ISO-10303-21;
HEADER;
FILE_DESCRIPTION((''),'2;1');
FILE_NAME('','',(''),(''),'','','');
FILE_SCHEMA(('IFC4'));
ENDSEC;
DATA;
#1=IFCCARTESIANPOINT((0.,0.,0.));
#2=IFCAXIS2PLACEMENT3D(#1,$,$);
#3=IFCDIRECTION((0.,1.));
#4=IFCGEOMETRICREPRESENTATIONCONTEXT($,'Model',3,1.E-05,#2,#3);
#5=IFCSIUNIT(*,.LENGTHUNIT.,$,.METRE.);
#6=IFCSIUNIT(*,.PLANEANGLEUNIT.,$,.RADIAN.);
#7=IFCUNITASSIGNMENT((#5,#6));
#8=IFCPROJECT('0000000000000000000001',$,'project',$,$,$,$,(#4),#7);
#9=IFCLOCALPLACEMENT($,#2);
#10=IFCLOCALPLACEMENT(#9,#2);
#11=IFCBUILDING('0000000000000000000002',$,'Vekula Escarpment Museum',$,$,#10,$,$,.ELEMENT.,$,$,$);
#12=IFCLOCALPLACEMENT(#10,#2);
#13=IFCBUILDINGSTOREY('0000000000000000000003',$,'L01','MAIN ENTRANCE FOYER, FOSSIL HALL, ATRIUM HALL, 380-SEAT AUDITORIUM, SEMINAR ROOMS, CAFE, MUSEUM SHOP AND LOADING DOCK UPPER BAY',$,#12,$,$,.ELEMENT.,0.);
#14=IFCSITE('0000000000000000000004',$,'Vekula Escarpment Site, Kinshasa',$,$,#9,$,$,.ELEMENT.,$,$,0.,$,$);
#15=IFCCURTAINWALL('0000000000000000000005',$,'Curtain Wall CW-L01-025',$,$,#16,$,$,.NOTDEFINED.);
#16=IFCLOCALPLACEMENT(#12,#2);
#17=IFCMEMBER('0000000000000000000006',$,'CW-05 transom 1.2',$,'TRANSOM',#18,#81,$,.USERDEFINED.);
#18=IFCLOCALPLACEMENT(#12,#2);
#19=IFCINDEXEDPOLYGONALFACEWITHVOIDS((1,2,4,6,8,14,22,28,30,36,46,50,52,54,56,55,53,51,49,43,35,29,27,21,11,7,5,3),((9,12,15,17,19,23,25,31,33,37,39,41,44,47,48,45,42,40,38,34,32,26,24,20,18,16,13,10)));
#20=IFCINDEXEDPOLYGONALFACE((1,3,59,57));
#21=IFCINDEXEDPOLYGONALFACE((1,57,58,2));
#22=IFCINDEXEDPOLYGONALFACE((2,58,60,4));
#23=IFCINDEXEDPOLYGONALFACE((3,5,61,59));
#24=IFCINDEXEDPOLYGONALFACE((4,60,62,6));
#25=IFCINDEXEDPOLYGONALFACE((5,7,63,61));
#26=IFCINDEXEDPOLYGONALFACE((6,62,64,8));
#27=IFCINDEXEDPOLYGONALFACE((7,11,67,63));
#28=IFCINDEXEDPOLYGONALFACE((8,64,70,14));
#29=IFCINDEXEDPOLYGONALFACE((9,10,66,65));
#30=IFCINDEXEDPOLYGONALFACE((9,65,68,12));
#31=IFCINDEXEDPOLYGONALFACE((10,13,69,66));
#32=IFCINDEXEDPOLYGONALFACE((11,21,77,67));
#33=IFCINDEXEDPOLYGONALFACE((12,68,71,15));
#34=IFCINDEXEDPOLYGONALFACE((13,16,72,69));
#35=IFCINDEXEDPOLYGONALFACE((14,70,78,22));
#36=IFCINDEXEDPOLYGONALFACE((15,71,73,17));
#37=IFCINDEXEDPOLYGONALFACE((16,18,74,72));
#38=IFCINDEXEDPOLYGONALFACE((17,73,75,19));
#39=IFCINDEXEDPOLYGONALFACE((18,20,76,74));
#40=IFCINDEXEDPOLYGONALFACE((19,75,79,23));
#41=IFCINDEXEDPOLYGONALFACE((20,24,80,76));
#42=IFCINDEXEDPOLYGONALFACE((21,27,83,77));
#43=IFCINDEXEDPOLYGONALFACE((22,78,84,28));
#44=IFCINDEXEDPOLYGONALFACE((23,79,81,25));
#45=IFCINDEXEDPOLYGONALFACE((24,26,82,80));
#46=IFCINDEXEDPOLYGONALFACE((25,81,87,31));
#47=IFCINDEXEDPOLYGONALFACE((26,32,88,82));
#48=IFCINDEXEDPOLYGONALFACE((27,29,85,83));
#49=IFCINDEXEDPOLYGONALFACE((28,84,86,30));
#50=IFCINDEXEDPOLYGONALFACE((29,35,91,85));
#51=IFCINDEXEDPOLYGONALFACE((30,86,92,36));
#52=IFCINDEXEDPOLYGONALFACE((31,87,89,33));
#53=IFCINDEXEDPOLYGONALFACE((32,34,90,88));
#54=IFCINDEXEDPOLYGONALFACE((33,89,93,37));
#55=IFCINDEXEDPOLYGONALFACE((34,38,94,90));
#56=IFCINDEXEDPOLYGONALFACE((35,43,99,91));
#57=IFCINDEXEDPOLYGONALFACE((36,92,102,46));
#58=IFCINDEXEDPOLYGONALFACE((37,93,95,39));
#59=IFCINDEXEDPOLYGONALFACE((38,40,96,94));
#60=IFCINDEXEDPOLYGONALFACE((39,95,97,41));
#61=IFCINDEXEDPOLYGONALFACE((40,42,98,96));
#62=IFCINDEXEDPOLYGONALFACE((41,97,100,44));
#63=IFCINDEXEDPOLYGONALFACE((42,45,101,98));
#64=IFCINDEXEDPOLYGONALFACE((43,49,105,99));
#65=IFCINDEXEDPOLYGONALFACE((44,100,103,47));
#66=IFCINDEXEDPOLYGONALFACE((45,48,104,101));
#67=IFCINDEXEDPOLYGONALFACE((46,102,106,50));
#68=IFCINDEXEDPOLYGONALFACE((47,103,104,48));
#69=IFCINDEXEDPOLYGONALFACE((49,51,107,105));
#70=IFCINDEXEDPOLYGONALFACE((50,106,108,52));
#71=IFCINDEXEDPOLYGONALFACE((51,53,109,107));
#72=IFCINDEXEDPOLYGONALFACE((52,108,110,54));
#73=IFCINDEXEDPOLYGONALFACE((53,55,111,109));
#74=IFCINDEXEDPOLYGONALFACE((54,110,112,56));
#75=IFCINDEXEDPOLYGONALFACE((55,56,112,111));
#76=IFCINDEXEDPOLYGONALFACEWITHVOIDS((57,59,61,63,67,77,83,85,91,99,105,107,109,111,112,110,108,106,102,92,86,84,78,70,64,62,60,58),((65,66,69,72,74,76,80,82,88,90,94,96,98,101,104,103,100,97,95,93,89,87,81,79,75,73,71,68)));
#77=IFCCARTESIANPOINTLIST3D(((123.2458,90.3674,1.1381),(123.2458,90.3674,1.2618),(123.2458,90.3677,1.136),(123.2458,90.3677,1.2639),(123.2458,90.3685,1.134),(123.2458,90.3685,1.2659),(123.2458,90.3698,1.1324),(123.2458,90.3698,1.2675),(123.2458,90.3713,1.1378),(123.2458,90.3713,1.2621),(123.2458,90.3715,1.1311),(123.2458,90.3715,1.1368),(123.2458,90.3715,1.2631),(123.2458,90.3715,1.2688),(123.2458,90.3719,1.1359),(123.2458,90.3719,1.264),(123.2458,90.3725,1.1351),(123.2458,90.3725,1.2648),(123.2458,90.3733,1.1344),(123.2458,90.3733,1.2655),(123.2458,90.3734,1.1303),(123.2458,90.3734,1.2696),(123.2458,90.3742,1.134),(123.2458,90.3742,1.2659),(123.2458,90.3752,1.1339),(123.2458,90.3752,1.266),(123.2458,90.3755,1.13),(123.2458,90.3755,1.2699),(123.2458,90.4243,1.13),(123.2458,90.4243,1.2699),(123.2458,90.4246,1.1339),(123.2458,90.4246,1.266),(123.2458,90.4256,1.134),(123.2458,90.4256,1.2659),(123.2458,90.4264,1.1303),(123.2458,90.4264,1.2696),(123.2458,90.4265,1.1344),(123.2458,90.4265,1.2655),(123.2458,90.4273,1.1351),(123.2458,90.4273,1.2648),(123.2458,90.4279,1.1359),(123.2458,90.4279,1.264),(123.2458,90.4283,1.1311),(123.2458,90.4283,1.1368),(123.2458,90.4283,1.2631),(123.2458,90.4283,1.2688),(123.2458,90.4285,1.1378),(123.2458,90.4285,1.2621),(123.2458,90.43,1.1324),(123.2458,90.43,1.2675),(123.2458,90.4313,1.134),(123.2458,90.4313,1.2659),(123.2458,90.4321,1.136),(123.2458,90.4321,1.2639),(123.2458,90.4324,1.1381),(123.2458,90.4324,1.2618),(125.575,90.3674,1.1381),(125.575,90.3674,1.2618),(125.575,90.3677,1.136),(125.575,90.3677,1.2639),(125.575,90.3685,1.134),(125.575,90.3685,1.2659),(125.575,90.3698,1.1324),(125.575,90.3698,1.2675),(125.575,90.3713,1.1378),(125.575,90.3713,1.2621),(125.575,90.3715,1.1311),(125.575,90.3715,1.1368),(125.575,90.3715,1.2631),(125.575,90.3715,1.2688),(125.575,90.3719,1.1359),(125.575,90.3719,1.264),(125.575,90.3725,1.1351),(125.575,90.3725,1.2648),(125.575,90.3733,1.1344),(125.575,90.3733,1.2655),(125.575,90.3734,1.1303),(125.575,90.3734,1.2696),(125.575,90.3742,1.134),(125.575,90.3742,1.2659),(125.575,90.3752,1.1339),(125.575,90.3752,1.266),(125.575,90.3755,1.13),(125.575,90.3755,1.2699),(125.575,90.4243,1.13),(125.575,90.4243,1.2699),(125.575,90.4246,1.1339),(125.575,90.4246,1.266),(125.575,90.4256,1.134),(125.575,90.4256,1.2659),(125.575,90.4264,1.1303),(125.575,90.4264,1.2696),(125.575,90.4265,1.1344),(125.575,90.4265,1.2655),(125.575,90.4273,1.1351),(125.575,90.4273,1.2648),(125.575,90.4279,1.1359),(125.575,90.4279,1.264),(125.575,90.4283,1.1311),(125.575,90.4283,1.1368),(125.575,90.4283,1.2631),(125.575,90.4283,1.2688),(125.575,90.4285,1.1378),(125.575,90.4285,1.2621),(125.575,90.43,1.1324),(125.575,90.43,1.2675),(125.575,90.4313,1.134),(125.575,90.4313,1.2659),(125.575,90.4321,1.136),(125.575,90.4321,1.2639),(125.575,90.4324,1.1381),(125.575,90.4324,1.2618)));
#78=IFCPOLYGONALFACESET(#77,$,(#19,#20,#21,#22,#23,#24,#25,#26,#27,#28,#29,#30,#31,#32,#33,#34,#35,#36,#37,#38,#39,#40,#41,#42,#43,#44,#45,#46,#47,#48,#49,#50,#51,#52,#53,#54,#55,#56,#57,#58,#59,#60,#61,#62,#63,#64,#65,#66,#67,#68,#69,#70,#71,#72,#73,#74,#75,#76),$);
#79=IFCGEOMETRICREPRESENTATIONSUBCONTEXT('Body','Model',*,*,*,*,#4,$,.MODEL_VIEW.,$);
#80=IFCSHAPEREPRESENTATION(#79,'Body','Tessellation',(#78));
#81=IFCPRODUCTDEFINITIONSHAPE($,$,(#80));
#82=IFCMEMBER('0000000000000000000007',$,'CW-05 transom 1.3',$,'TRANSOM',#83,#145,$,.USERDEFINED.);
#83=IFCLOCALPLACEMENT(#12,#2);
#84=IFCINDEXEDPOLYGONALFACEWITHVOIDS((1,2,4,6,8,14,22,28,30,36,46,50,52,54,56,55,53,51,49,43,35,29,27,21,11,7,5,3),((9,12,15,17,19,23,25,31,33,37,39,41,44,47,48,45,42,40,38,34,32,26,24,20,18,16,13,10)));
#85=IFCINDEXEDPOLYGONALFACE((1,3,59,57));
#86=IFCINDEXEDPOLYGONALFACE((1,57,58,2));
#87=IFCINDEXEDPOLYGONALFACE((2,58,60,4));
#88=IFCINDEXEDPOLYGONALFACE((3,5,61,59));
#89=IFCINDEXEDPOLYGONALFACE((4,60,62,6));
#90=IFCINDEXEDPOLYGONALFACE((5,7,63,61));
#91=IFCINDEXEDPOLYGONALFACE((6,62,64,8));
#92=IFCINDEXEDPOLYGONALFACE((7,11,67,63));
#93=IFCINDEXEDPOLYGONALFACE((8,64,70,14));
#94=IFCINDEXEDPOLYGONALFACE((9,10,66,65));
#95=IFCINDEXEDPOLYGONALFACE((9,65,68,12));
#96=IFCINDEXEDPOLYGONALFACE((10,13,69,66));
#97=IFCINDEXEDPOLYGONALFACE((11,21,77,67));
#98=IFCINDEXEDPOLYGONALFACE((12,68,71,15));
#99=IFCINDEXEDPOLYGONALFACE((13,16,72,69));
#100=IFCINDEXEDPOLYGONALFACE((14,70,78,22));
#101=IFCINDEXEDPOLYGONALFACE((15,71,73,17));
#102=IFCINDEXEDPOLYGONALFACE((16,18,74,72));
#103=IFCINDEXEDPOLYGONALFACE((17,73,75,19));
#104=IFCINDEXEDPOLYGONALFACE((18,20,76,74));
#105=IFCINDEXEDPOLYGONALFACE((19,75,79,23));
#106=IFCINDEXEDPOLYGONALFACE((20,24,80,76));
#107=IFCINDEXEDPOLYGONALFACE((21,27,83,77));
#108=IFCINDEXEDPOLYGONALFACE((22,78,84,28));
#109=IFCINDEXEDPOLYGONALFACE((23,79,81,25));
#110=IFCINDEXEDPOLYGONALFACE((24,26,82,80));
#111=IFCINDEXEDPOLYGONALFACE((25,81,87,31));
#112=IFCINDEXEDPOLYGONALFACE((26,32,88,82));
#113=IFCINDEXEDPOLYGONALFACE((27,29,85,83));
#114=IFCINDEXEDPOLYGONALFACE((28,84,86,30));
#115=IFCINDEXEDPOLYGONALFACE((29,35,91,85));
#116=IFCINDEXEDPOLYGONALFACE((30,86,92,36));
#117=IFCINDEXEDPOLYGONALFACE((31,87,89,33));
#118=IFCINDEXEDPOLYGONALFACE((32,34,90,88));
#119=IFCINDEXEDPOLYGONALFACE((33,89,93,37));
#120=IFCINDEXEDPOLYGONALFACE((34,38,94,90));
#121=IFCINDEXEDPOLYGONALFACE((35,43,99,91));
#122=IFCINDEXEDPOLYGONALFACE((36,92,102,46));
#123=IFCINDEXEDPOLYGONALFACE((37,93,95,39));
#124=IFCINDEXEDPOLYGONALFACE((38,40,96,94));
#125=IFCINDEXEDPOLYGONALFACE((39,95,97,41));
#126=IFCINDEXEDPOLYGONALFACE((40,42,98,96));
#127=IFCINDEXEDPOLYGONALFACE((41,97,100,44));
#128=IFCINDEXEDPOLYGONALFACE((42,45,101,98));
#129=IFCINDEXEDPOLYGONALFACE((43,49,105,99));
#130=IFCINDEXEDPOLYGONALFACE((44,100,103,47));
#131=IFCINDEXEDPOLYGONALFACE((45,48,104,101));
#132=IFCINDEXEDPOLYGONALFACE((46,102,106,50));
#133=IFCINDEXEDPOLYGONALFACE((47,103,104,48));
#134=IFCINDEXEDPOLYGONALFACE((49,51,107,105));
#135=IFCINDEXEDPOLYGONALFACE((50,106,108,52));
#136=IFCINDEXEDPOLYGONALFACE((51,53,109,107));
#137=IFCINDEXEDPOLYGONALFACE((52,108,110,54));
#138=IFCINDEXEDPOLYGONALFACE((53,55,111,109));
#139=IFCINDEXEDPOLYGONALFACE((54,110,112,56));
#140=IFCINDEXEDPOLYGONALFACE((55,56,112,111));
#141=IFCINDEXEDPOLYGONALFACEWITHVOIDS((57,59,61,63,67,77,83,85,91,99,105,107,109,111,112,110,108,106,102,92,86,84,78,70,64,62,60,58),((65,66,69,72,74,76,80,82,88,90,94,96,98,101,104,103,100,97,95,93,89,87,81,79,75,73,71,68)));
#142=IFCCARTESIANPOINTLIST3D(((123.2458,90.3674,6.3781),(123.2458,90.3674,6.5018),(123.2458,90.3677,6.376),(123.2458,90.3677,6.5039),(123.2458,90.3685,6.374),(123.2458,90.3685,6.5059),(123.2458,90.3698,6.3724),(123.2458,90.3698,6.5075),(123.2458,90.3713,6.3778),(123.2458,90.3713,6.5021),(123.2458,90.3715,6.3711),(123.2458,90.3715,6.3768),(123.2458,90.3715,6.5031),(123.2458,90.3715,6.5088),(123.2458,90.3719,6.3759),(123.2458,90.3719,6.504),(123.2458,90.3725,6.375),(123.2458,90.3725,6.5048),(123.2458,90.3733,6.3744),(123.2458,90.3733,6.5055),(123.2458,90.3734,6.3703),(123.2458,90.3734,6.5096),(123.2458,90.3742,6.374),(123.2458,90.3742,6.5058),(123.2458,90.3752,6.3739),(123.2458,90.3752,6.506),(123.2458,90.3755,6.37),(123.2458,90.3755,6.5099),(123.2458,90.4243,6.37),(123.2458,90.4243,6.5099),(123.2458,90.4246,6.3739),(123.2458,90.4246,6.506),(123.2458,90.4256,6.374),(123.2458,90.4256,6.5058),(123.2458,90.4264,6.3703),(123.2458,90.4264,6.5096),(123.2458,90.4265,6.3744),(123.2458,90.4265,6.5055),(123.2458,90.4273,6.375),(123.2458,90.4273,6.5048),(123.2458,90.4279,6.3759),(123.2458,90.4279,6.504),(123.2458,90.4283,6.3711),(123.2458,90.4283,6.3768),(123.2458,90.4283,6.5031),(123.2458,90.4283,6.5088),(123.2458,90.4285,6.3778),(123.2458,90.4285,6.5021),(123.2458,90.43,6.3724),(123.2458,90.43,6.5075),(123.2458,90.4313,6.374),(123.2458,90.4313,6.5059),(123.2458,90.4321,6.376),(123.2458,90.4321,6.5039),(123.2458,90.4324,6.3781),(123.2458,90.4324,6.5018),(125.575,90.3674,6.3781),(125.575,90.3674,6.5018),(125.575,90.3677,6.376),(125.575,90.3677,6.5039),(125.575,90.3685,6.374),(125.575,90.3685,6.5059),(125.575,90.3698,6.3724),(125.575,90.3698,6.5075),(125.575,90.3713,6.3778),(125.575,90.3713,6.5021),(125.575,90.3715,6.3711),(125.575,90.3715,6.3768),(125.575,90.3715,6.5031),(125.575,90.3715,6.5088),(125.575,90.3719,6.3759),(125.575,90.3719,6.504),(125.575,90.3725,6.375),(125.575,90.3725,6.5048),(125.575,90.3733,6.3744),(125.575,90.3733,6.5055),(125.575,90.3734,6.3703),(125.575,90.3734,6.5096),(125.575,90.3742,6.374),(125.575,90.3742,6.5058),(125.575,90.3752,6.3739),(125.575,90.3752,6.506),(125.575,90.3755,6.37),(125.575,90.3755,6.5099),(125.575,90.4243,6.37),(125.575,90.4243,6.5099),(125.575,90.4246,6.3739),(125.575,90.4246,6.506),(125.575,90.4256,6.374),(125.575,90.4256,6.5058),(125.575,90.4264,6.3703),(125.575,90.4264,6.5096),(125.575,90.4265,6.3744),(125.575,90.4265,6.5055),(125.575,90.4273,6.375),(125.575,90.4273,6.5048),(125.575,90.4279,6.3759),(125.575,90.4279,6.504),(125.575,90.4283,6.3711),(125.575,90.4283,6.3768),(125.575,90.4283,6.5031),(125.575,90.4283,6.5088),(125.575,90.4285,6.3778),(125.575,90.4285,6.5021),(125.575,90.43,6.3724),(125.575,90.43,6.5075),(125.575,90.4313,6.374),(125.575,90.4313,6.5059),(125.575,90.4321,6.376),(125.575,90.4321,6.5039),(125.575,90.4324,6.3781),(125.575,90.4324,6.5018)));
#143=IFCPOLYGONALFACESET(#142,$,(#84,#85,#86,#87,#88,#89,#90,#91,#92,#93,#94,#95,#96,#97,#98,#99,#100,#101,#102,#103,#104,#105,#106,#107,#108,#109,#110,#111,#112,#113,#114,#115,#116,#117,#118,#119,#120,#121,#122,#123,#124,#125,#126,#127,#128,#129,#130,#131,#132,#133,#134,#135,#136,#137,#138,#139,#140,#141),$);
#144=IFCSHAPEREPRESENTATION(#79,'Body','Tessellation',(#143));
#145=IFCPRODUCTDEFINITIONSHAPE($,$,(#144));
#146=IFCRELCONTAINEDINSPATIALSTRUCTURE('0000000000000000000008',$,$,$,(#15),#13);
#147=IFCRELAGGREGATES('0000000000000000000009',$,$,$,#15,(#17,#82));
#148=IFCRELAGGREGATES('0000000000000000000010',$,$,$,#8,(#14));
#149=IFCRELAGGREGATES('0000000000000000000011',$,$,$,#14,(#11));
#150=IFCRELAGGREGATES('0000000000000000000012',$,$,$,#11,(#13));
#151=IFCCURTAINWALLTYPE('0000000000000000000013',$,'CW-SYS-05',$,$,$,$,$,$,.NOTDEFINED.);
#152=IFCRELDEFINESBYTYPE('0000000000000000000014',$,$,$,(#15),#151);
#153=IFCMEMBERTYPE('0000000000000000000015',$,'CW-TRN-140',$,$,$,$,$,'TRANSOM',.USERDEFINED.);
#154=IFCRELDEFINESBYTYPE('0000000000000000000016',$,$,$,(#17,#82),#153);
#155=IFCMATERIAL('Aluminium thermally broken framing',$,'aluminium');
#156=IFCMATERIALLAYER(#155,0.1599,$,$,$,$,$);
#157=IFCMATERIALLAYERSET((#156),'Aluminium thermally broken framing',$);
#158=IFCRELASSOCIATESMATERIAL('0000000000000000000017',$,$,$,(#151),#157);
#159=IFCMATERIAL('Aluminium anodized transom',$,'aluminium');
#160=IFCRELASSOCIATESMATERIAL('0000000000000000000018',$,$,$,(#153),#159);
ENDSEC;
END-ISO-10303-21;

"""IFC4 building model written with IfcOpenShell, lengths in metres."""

from ifc_helpers import new_model, si_unit, direction, frame, origin, origin_2d, place, context, subcontext, project, spatial, hollow_rectangle, extrude, material, layer, layer_set, material_profile, profile_set, type_object, element, aggregate, save


model = new_model("IFC4")

# Units and contexts
model_context = context("Model", 3, precision=1e-05, world=origin(), true_north=direction((0.0, 1.0)))
body_context = subcontext(model_context, "Body", "Model", "MODEL_VIEW")
ifc_project = project(units=[si_unit("LENGTHUNIT", "METRE"), si_unit("PLANEANGLEUNIT", "RADIAN")], contexts=[model_context])

# Site, building, storey
site_placement = place(None, origin())
site = spatial("IfcSite", under=ifc_project, at=site_placement, Name="Vekula Escarpment Site, Kinshasa", CompositionType="ELEMENT", RefElevation=0.0)
building_placement = place(site_placement, origin())
building = spatial("IfcBuilding", under=site, at=building_placement, Name="Vekula Escarpment Museum", CompositionType="ELEMENT")
storey_placement = place(building_placement, origin())
storey = spatial("IfcBuildingStorey", under=building, at=storey_placement, Name="L01", Description="MAIN ENTRANCE FOYER, FOSSIL HALL, ATRIUM HALL, 380-SEAT AUDITORIUM, SEMINAR ROOMS, CAFE, MUSEUM SHOP AND LOADING DOCK UPPER BAY", CompositionType="ELEMENT", Elevation=0.0)

# Curtain wall
ifc_material_1 = material(Name="Aluminium thermally broken framing", Category="aluminium")
ifc_layer_1 = layer(ifc_material_1, 0.1599)
ifc_layer_set_1 = layer_set([ifc_layer_1], Name="Aluminium thermally broken framing")
curtain_wall_type_1 = type_object("IfcCurtainWallType", Name="CW-SYS-05", PredefinedType="NOTDEFINED", material=ifc_layer_set_1)
curtain_wall_1_placement = place(storey_placement, origin())
curtain_wall_1 = element("IfcCurtainWall", 1, at=curtain_wall_1_placement, inside=storey, type_object=curtain_wall_type_1, Name="Curtain Wall CW-L01-025", PredefinedType="NOTDEFINED")

# Members
ifc_material_2 = material(Name="Aluminium anodized transom", Category="aluminium")
ifc_material_profile_1 = material_profile(ifc_material_2, hollow_rectangle(XDim=0.0649, YDim=0.1399, WallThickness=0.0039, InnerFilletRadius=0.0039, OuterFilletRadius=0.0081, at=origin_2d()), Name="ALU 140x65x4")
ifc_profile_set_1 = profile_set([ifc_material_profile_1], Name="Aluminium anodized transom")
member_type_1 = type_object("IfcMemberType", Name="CW-TRN-140", ElementType="TRANSOM", PredefinedType="USERDEFINED", material=ifc_profile_set_1)
member_1_placement = place(storey_placement, frame((125.575, 90.3999, 1.2), z_axis=(-1.0, 0.0, 0.0), x_axis=(0.0, -1.0, 0.0)))
member_1 = element("IfcMember", 2, at=member_1_placement, type_object=member_type_1, Name="CW-05 transom 1.2", ObjectType="TRANSOM", PredefinedType="USERDEFINED", context=body_context, shape_type="SweptSolid", body=[
    extrude(hollow_rectangle(XDim=0.0649, YDim=0.1399, WallThickness=0.0039, InnerFilletRadius=0.0039, OuterFilletRadius=0.0081, at=origin_2d()), origin(), (0.0, 0.0, 1.0), 2.3291),
])
member_2_placement = place(storey_placement, frame((125.575, 90.3999, 6.4399), z_axis=(-1.0, 0.0, 0.0), x_axis=(0.0, -1.0, 0.0)))
member_2 = element("IfcMember", 3, at=member_2_placement, type_object=member_type_1, Name="CW-05 transom 1.3", ObjectType="TRANSOM", PredefinedType="USERDEFINED", context=body_context, shape_type="SweptSolid", body=[
    extrude(hollow_rectangle(XDim=0.0649, YDim=0.1399, WallThickness=0.0039, InnerFilletRadius=0.0039, OuterFilletRadius=0.0081, at=origin_2d()), origin(), (0.0, 0.0, 1.0), 2.3291),
])

aggregate(curtain_wall_1, [member_1, member_2])

save(model, "model.ifc")
